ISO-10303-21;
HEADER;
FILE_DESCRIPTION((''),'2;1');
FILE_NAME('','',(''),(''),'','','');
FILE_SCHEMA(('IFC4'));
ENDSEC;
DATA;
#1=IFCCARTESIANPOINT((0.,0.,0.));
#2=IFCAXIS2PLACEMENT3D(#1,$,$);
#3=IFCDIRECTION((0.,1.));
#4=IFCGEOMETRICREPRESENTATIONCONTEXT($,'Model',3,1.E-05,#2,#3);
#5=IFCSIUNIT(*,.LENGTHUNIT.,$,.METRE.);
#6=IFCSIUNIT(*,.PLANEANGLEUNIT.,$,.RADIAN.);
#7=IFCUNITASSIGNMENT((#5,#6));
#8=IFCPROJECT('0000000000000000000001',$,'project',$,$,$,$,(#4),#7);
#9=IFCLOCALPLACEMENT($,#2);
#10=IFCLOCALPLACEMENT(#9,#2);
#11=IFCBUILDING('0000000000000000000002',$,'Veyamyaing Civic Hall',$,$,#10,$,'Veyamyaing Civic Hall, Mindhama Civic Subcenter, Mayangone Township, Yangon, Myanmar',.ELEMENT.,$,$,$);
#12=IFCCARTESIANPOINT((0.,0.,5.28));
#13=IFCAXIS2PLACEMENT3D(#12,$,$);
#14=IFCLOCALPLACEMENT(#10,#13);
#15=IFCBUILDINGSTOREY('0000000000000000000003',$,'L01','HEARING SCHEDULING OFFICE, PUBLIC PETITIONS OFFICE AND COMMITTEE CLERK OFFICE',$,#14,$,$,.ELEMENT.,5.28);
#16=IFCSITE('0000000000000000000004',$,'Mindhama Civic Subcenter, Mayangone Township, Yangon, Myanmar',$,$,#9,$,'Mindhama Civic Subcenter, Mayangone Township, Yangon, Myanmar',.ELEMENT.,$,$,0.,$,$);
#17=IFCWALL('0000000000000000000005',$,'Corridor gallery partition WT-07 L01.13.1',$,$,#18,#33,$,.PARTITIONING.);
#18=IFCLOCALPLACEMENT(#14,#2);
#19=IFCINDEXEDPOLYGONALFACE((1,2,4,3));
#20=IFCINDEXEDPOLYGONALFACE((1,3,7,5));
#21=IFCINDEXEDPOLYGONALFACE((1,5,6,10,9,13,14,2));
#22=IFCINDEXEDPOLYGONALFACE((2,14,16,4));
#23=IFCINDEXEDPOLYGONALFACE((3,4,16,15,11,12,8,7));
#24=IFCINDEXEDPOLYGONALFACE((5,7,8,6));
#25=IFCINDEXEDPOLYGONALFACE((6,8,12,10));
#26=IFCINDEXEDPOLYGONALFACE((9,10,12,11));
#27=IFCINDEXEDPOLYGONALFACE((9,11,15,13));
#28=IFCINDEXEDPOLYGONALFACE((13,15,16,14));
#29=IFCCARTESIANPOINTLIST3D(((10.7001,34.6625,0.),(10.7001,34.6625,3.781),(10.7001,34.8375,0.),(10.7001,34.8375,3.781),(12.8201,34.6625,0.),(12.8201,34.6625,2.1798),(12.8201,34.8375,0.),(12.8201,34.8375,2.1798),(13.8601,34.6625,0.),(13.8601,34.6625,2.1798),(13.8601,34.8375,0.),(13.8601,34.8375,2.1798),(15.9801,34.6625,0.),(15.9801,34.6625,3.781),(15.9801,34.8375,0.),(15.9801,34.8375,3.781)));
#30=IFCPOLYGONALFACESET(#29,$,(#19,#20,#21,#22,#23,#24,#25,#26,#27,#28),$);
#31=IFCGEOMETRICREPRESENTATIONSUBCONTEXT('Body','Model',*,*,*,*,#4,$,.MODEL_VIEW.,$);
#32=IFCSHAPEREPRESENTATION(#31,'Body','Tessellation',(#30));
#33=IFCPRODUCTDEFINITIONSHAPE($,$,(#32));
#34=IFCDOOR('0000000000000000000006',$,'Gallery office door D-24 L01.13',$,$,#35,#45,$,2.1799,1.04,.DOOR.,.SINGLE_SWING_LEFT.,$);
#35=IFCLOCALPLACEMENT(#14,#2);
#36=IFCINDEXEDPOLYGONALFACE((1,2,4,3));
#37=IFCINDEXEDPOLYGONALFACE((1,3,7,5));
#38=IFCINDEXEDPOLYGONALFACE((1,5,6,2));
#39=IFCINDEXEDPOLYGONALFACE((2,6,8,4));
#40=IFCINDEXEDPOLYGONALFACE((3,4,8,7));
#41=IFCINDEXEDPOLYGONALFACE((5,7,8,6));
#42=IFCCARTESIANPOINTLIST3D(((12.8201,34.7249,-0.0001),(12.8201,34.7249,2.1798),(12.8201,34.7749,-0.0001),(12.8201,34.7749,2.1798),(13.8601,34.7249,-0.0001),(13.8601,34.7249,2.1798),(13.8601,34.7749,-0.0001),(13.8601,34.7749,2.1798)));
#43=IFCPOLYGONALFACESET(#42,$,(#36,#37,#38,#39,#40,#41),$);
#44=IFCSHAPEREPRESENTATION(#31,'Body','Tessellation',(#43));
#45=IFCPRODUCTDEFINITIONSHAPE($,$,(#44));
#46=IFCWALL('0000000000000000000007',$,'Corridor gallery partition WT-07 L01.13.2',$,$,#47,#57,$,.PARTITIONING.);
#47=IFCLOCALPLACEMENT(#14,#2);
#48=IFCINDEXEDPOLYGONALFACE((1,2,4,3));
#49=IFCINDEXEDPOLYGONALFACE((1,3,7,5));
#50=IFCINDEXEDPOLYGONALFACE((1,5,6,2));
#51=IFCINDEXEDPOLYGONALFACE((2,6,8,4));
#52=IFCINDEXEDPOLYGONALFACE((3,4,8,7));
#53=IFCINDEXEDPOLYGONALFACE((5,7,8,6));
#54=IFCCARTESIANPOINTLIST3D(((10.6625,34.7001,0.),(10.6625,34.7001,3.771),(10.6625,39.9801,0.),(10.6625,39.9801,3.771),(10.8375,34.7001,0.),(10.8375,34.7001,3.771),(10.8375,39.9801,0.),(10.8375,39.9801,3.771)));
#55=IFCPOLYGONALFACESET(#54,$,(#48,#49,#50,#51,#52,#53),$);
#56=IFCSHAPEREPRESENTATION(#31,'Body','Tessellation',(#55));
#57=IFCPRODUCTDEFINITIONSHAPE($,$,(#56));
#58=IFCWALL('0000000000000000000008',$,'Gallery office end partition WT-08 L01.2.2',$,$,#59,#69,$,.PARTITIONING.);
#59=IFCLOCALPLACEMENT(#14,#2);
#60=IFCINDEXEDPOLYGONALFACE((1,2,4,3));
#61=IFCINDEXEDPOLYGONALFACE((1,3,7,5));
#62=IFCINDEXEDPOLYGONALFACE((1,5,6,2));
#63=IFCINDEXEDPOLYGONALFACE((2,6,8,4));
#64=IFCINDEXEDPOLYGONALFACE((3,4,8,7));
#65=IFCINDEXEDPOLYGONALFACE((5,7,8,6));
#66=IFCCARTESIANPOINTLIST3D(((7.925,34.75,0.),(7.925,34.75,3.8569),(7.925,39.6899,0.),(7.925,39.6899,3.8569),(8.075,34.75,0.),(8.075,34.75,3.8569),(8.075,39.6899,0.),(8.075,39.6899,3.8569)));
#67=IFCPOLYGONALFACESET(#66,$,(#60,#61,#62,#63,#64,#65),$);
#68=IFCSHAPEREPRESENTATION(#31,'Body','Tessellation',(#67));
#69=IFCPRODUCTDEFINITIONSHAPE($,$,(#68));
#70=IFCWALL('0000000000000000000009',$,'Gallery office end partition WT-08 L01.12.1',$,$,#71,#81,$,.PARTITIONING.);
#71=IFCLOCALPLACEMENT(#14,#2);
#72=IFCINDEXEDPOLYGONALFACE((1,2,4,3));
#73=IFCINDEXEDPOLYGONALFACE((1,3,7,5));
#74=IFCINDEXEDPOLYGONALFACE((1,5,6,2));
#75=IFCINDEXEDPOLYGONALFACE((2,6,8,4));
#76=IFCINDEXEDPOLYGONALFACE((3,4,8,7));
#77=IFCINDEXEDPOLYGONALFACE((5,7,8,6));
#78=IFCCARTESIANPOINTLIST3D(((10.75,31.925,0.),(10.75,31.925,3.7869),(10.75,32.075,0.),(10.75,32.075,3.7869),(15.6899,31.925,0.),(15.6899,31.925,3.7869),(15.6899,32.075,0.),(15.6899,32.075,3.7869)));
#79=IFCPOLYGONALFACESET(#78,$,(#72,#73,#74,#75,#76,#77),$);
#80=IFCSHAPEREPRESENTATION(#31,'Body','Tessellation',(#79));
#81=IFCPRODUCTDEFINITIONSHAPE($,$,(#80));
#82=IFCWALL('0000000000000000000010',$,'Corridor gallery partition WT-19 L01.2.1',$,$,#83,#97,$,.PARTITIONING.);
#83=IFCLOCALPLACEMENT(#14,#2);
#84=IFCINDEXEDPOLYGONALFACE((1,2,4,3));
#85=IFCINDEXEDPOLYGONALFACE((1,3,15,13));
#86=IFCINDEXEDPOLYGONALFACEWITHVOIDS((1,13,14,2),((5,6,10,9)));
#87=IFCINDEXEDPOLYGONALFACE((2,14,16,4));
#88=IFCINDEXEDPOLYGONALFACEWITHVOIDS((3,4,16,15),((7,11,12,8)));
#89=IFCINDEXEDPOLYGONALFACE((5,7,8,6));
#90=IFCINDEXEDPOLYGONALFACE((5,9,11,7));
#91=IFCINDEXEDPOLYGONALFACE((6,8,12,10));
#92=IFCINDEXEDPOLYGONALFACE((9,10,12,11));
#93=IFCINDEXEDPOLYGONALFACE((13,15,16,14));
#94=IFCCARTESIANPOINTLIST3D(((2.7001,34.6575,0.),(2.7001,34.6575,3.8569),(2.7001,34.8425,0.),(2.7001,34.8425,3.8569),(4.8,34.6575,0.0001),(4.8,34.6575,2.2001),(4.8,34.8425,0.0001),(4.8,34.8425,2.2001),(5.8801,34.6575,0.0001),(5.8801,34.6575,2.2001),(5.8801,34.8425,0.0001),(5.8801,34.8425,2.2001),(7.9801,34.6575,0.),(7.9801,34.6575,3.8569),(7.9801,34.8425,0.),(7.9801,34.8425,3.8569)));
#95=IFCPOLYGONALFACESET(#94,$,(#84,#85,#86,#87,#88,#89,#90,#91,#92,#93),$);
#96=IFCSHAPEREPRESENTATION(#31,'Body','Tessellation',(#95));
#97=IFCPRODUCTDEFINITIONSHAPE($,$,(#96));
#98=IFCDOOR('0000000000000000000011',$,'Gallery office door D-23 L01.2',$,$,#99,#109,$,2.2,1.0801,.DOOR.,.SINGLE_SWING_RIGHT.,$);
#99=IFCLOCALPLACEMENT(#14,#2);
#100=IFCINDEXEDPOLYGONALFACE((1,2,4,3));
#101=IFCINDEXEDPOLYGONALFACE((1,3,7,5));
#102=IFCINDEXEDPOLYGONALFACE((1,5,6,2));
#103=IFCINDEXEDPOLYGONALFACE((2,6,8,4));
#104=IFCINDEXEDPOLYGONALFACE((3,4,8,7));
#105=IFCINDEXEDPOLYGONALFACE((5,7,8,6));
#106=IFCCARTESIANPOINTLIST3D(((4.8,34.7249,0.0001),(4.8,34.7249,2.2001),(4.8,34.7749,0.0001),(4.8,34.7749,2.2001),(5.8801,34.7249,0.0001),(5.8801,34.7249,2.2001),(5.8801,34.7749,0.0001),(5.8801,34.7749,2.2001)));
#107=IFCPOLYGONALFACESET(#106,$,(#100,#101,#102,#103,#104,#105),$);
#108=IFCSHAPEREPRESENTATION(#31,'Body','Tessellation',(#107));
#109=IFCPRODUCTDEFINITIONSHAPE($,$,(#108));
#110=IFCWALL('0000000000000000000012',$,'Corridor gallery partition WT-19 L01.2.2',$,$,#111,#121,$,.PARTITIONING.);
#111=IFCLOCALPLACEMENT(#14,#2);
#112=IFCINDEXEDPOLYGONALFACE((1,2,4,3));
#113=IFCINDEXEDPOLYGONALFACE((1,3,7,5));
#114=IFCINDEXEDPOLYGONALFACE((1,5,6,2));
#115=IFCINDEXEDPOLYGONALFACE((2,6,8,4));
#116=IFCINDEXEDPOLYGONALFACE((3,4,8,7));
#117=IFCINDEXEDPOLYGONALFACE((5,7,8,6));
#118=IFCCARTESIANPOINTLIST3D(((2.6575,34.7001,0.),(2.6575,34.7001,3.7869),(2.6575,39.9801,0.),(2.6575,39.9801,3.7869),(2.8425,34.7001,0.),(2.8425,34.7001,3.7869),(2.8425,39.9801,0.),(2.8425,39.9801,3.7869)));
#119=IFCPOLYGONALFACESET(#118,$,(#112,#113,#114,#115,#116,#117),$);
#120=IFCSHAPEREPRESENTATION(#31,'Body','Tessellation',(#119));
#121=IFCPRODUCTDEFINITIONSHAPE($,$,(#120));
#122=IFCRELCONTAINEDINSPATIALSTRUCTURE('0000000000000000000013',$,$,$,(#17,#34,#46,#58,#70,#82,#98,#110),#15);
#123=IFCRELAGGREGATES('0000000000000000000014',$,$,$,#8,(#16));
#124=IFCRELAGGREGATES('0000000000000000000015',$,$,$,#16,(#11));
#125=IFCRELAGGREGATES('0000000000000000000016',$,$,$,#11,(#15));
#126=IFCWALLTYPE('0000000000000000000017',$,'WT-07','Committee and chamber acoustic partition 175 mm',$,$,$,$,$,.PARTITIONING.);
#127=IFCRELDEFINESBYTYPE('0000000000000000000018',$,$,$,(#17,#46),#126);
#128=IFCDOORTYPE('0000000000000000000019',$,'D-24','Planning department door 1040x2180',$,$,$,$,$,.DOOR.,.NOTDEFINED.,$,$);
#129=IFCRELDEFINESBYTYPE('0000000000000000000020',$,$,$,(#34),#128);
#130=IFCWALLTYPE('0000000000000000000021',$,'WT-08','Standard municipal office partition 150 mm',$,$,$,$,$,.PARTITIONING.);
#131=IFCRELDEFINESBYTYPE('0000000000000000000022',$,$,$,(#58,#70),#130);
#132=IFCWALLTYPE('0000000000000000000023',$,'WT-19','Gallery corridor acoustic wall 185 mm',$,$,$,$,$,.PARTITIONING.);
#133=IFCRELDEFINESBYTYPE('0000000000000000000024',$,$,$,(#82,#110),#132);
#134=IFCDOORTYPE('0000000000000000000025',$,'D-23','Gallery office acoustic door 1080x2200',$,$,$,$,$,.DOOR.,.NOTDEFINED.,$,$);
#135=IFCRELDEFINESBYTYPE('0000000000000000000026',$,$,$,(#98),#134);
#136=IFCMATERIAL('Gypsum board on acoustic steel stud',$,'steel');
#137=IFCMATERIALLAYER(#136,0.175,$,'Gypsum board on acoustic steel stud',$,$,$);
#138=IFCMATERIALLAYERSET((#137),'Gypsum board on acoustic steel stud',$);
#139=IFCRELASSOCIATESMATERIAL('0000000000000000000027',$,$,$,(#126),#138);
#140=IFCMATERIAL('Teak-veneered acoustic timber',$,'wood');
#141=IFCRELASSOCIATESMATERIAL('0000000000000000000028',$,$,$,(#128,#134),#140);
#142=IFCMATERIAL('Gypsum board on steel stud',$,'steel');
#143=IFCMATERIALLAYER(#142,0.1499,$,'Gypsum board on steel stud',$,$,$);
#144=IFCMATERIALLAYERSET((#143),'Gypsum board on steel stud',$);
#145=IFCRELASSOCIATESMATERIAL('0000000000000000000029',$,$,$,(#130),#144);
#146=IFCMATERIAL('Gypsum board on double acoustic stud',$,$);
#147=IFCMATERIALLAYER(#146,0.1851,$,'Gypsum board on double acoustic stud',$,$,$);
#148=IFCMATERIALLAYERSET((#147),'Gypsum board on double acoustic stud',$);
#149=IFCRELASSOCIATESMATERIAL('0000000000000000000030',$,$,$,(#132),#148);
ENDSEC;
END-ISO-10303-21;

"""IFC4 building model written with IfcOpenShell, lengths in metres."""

from ifc_helpers import new_model, si_unit, direction, frame, frame_2d, origin, place, context, subcontext, project, spatial, rectangle, extrude, material, layer, layer_set, type_object, element, fill, save


model = new_model("IFC4")

# Units and contexts
model_context = context("Model", 3, precision=1e-05, world=origin(), true_north=direction((0.0, 1.0)))
body_context = subcontext(model_context, "Body", "Model", "MODEL_VIEW")
ifc_project = project(units=[si_unit("LENGTHUNIT", "METRE"), si_unit("PLANEANGLEUNIT", "RADIAN")], contexts=[model_context])

# Site, building, storey
site_placement = place(None, origin())
site = spatial("IfcSite", under=ifc_project, at=site_placement, Name="Mindhama Civic Subcenter, Mayangone Township, Yangon, Myanmar", LongName="Mindhama Civic Subcenter, Mayangone Township, Yangon, Myanmar", CompositionType="ELEMENT", RefElevation=0.0)
building_placement = place(site_placement, origin())
building = spatial("IfcBuilding", under=site, at=building_placement, Name="Veyamyaing Civic Hall", LongName="Veyamyaing Civic Hall, Mindhama Civic Subcenter, Mayangone Township, Yangon, Myanmar", CompositionType="ELEMENT")
storey_placement = place(building_placement, frame((0.0, 0.0, 5.28)))
storey = spatial("IfcBuildingStorey", under=building, at=storey_placement, Name="L01", Description="HEARING SCHEDULING OFFICE, PUBLIC PETITIONS OFFICE AND COMMITTEE CLERK OFFICE", CompositionType="ELEMENT", Elevation=5.28)

# Wall, opening, door
ifc_material_1 = material(Name="Gypsum board on acoustic steel stud", Category="steel")
ifc_layer_1 = layer(ifc_material_1, 0.175, Name="Gypsum board on acoustic steel stud")
ifc_layer_set_1 = layer_set([ifc_layer_1], Name="Gypsum board on acoustic steel stud")
wall_type_1 = type_object("IfcWallType", Name="WT-07", Description="Committee and chamber acoustic partition 175 mm", PredefinedType="PARTITIONING", material=ifc_layer_set_1)
wall_1_placement = place(storey_placement, frame((10.7, 34.75, 0.0), z_axis=(0.0, 0.0, 1.0), x_axis=(1.0, 0.0, 0.0)))
wall_1 = element("IfcWall", 1, at=wall_1_placement, inside=storey, type_object=wall_type_1, Name="Corridor gallery partition WT-07 L01.13.1", PredefinedType="PARTITIONING", context=body_context, shape_type="SweptSolid", body=[
    extrude(rectangle(XDim=5.28, YDim=0.175, at=frame_2d((2.6401, 0.0))), origin(), (0.0, 0.0, 1.0), 3.781),
])
opening_1_placement = place(wall_1_placement, frame((2.1201, 0.0, 0.0)))
opening_1 = element("IfcOpeningElement", 2, at=opening_1_placement, cuts=wall_1, PredefinedType="OPENING", context=body_context, shape_type="SweptSolid", body=[
    extrude(rectangle(XDim=1.04, YDim=2.1799, at=frame_2d((0.52, 1.0898))), frame((0.0, 0.0974, 0.0), z_axis=(0.0, -1.0, 0.0), x_axis=(1.0, 0.0, 0.0)), (0.0, 0.0, 1.0), 0.1951),
])
ifc_material_2 = material(Name="Teak-veneered acoustic timber", Category="wood")
door_type_1 = type_object("IfcDoorType", Name="D-24", Description="Planning department door 1040x2180", OperationType="NOTDEFINED", PredefinedType="DOOR", material=ifc_material_2)
door_1_placement = place(opening_1_placement, origin())
door_1 = element("IfcDoor", 3, at=door_1_placement, inside=storey, type_object=door_type_1, Name="Gallery office door D-24 L01.13", OperationType="SINGLE_SWING_LEFT", OverallHeight=2.1799, OverallWidth=1.04, PredefinedType="DOOR", context=body_context, shape_type="SweptSolid", body=[
    extrude(rectangle(XDim=1.04, YDim=2.1799, at=frame_2d((0.52, 1.0898))), frame((0.0, 0.0249, 0.0), z_axis=(0.0, -1.0, 0.0), x_axis=(1.0, 0.0, 0.0)), (0.0, 0.0, 1.0), 0.05),
])
fill(opening_1, door_1)

# Walls
wall_2_placement = place(storey_placement, frame((10.75, 34.7, 0.0), z_axis=(0.0, 0.0, 1.0), x_axis=(0.0, 1.0, 0.0)))
element("IfcWall", 4, at=wall_2_placement, inside=storey, type_object=wall_type_1, Name="Corridor gallery partition WT-07 L01.13.2", PredefinedType="PARTITIONING", context=body_context, shape_type="SweptSolid", body=[
    extrude(rectangle(XDim=5.28, YDim=0.175, at=frame_2d((2.6401, 0.0))), origin(), (0.0, 0.0, 1.0), 3.771),
])
ifc_material_3 = material(Name="Gypsum board on steel stud", Category="steel")
ifc_layer_2 = layer(ifc_material_3, 0.1499, Name="Gypsum board on steel stud")
ifc_layer_set_2 = layer_set([ifc_layer_2], Name="Gypsum board on steel stud")
wall_type_2 = type_object("IfcWallType", Name="WT-08", Description="Standard municipal office partition 150 mm", PredefinedType="PARTITIONING", material=ifc_layer_set_2)
wall_3_placement = place(storey_placement, frame((8.0, 34.75, 0.0), z_axis=(0.0, 0.0, 1.0), x_axis=(0.0, 1.0, 0.0)))
element("IfcWall", 5, at=wall_3_placement, inside=storey, type_object=wall_type_2, Name="Gallery office end partition WT-08 L01.2.2", PredefinedType="PARTITIONING", context=body_context, shape_type="SweptSolid", body=[
    extrude(rectangle(XDim=4.9399, YDim=0.1499, at=frame_2d((2.47, 0.0))), origin(), (0.0, 0.0, 1.0), 3.8569),
])
wall_4_placement = place(storey_placement, frame((10.75, 32.0, 0.0), z_axis=(0.0, 0.0, 1.0), x_axis=(1.0, 0.0, 0.0)))
element("IfcWall", 6, at=wall_4_placement, inside=storey, type_object=wall_type_2, Name="Gallery office end partition WT-08 L01.12.1", PredefinedType="PARTITIONING", context=body_context, shape_type="SweptSolid", body=[
    extrude(rectangle(XDim=4.9399, YDim=0.1499, at=frame_2d((2.47, 0.0))), origin(), (0.0, 0.0, 1.0), 3.7869),
])

# Wall, opening, door
ifc_material_4 = material(Name="Gypsum board on double acoustic stud")
ifc_layer_3 = layer(ifc_material_4, 0.1851, Name="Gypsum board on double acoustic stud")
ifc_layer_set_3 = layer_set([ifc_layer_3], Name="Gypsum board on double acoustic stud")
wall_type_3 = type_object("IfcWallType", Name="WT-19", Description="Gallery corridor acoustic wall 185 mm", PredefinedType="PARTITIONING", material=ifc_layer_set_3)
wall_5_placement = place(storey_placement, frame((2.7, 34.75, 0.0), z_axis=(0.0, 0.0, 1.0), x_axis=(1.0, 0.0, 0.0)))
wall_5 = element("IfcWall", 7, at=wall_5_placement, inside=storey, type_object=wall_type_3, Name="Corridor gallery partition WT-19 L01.2.1", PredefinedType="PARTITIONING", context=body_context, shape_type="SweptSolid", body=[
    extrude(rectangle(XDim=5.28, YDim=0.1851, at=frame_2d((2.6401, 0.0))), origin(), (0.0, 0.0, 1.0), 3.8569),
])
opening_2_placement = place(wall_5_placement, frame((2.1001, 0.0, 0.0)))
opening_2 = element("IfcOpeningElement", 8, at=opening_2_placement, cuts=wall_5, PredefinedType="OPENING", context=body_context, shape_type="SweptSolid", body=[
    extrude(rectangle(XDim=1.0801, YDim=2.2, at=frame_2d((0.54, 1.1001))), frame((0.0, 0.1025, 0.0), z_axis=(0.0, -1.0, 0.0), x_axis=(1.0, 0.0, 0.0)), (0.0, 0.0, 1.0), 0.2051),
])
door_type_2 = type_object("IfcDoorType", Name="D-23", Description="Gallery office acoustic door 1080x2200", OperationType="NOTDEFINED", PredefinedType="DOOR", material=ifc_material_2)
door_2_placement = place(opening_2_placement, origin())
door_2 = element("IfcDoor", 9, at=door_2_placement, inside=storey, type_object=door_type_2, Name="Gallery office door D-23 L01.2", OperationType="SINGLE_SWING_RIGHT", OverallHeight=2.2, OverallWidth=1.0801, PredefinedType="DOOR", context=body_context, shape_type="SweptSolid", body=[
    extrude(rectangle(XDim=1.0801, YDim=2.2, at=frame_2d((0.54, 1.1001))), frame((0.0, 0.0249, 0.0), z_axis=(0.0, -1.0, 0.0), x_axis=(1.0, 0.0, 0.0)), (0.0, 0.0, 1.0), 0.05),
])
fill(opening_2, door_2)

# Wall
wall_6_placement = place(storey_placement, frame((2.75, 34.7, 0.0), z_axis=(0.0, 0.0, 1.0), x_axis=(0.0, 1.0, 0.0)))
element("IfcWall", 10, at=wall_6_placement, inside=storey, type_object=wall_type_3, Name="Corridor gallery partition WT-19 L01.2.2", PredefinedType="PARTITIONING", context=body_context, shape_type="SweptSolid", body=[
    extrude(rectangle(XDim=5.28, YDim=0.1851, at=frame_2d((2.6401, 0.0))), origin(), (0.0, 0.0, 1.0), 3.7869),
])

save(model, "model.ifc")
